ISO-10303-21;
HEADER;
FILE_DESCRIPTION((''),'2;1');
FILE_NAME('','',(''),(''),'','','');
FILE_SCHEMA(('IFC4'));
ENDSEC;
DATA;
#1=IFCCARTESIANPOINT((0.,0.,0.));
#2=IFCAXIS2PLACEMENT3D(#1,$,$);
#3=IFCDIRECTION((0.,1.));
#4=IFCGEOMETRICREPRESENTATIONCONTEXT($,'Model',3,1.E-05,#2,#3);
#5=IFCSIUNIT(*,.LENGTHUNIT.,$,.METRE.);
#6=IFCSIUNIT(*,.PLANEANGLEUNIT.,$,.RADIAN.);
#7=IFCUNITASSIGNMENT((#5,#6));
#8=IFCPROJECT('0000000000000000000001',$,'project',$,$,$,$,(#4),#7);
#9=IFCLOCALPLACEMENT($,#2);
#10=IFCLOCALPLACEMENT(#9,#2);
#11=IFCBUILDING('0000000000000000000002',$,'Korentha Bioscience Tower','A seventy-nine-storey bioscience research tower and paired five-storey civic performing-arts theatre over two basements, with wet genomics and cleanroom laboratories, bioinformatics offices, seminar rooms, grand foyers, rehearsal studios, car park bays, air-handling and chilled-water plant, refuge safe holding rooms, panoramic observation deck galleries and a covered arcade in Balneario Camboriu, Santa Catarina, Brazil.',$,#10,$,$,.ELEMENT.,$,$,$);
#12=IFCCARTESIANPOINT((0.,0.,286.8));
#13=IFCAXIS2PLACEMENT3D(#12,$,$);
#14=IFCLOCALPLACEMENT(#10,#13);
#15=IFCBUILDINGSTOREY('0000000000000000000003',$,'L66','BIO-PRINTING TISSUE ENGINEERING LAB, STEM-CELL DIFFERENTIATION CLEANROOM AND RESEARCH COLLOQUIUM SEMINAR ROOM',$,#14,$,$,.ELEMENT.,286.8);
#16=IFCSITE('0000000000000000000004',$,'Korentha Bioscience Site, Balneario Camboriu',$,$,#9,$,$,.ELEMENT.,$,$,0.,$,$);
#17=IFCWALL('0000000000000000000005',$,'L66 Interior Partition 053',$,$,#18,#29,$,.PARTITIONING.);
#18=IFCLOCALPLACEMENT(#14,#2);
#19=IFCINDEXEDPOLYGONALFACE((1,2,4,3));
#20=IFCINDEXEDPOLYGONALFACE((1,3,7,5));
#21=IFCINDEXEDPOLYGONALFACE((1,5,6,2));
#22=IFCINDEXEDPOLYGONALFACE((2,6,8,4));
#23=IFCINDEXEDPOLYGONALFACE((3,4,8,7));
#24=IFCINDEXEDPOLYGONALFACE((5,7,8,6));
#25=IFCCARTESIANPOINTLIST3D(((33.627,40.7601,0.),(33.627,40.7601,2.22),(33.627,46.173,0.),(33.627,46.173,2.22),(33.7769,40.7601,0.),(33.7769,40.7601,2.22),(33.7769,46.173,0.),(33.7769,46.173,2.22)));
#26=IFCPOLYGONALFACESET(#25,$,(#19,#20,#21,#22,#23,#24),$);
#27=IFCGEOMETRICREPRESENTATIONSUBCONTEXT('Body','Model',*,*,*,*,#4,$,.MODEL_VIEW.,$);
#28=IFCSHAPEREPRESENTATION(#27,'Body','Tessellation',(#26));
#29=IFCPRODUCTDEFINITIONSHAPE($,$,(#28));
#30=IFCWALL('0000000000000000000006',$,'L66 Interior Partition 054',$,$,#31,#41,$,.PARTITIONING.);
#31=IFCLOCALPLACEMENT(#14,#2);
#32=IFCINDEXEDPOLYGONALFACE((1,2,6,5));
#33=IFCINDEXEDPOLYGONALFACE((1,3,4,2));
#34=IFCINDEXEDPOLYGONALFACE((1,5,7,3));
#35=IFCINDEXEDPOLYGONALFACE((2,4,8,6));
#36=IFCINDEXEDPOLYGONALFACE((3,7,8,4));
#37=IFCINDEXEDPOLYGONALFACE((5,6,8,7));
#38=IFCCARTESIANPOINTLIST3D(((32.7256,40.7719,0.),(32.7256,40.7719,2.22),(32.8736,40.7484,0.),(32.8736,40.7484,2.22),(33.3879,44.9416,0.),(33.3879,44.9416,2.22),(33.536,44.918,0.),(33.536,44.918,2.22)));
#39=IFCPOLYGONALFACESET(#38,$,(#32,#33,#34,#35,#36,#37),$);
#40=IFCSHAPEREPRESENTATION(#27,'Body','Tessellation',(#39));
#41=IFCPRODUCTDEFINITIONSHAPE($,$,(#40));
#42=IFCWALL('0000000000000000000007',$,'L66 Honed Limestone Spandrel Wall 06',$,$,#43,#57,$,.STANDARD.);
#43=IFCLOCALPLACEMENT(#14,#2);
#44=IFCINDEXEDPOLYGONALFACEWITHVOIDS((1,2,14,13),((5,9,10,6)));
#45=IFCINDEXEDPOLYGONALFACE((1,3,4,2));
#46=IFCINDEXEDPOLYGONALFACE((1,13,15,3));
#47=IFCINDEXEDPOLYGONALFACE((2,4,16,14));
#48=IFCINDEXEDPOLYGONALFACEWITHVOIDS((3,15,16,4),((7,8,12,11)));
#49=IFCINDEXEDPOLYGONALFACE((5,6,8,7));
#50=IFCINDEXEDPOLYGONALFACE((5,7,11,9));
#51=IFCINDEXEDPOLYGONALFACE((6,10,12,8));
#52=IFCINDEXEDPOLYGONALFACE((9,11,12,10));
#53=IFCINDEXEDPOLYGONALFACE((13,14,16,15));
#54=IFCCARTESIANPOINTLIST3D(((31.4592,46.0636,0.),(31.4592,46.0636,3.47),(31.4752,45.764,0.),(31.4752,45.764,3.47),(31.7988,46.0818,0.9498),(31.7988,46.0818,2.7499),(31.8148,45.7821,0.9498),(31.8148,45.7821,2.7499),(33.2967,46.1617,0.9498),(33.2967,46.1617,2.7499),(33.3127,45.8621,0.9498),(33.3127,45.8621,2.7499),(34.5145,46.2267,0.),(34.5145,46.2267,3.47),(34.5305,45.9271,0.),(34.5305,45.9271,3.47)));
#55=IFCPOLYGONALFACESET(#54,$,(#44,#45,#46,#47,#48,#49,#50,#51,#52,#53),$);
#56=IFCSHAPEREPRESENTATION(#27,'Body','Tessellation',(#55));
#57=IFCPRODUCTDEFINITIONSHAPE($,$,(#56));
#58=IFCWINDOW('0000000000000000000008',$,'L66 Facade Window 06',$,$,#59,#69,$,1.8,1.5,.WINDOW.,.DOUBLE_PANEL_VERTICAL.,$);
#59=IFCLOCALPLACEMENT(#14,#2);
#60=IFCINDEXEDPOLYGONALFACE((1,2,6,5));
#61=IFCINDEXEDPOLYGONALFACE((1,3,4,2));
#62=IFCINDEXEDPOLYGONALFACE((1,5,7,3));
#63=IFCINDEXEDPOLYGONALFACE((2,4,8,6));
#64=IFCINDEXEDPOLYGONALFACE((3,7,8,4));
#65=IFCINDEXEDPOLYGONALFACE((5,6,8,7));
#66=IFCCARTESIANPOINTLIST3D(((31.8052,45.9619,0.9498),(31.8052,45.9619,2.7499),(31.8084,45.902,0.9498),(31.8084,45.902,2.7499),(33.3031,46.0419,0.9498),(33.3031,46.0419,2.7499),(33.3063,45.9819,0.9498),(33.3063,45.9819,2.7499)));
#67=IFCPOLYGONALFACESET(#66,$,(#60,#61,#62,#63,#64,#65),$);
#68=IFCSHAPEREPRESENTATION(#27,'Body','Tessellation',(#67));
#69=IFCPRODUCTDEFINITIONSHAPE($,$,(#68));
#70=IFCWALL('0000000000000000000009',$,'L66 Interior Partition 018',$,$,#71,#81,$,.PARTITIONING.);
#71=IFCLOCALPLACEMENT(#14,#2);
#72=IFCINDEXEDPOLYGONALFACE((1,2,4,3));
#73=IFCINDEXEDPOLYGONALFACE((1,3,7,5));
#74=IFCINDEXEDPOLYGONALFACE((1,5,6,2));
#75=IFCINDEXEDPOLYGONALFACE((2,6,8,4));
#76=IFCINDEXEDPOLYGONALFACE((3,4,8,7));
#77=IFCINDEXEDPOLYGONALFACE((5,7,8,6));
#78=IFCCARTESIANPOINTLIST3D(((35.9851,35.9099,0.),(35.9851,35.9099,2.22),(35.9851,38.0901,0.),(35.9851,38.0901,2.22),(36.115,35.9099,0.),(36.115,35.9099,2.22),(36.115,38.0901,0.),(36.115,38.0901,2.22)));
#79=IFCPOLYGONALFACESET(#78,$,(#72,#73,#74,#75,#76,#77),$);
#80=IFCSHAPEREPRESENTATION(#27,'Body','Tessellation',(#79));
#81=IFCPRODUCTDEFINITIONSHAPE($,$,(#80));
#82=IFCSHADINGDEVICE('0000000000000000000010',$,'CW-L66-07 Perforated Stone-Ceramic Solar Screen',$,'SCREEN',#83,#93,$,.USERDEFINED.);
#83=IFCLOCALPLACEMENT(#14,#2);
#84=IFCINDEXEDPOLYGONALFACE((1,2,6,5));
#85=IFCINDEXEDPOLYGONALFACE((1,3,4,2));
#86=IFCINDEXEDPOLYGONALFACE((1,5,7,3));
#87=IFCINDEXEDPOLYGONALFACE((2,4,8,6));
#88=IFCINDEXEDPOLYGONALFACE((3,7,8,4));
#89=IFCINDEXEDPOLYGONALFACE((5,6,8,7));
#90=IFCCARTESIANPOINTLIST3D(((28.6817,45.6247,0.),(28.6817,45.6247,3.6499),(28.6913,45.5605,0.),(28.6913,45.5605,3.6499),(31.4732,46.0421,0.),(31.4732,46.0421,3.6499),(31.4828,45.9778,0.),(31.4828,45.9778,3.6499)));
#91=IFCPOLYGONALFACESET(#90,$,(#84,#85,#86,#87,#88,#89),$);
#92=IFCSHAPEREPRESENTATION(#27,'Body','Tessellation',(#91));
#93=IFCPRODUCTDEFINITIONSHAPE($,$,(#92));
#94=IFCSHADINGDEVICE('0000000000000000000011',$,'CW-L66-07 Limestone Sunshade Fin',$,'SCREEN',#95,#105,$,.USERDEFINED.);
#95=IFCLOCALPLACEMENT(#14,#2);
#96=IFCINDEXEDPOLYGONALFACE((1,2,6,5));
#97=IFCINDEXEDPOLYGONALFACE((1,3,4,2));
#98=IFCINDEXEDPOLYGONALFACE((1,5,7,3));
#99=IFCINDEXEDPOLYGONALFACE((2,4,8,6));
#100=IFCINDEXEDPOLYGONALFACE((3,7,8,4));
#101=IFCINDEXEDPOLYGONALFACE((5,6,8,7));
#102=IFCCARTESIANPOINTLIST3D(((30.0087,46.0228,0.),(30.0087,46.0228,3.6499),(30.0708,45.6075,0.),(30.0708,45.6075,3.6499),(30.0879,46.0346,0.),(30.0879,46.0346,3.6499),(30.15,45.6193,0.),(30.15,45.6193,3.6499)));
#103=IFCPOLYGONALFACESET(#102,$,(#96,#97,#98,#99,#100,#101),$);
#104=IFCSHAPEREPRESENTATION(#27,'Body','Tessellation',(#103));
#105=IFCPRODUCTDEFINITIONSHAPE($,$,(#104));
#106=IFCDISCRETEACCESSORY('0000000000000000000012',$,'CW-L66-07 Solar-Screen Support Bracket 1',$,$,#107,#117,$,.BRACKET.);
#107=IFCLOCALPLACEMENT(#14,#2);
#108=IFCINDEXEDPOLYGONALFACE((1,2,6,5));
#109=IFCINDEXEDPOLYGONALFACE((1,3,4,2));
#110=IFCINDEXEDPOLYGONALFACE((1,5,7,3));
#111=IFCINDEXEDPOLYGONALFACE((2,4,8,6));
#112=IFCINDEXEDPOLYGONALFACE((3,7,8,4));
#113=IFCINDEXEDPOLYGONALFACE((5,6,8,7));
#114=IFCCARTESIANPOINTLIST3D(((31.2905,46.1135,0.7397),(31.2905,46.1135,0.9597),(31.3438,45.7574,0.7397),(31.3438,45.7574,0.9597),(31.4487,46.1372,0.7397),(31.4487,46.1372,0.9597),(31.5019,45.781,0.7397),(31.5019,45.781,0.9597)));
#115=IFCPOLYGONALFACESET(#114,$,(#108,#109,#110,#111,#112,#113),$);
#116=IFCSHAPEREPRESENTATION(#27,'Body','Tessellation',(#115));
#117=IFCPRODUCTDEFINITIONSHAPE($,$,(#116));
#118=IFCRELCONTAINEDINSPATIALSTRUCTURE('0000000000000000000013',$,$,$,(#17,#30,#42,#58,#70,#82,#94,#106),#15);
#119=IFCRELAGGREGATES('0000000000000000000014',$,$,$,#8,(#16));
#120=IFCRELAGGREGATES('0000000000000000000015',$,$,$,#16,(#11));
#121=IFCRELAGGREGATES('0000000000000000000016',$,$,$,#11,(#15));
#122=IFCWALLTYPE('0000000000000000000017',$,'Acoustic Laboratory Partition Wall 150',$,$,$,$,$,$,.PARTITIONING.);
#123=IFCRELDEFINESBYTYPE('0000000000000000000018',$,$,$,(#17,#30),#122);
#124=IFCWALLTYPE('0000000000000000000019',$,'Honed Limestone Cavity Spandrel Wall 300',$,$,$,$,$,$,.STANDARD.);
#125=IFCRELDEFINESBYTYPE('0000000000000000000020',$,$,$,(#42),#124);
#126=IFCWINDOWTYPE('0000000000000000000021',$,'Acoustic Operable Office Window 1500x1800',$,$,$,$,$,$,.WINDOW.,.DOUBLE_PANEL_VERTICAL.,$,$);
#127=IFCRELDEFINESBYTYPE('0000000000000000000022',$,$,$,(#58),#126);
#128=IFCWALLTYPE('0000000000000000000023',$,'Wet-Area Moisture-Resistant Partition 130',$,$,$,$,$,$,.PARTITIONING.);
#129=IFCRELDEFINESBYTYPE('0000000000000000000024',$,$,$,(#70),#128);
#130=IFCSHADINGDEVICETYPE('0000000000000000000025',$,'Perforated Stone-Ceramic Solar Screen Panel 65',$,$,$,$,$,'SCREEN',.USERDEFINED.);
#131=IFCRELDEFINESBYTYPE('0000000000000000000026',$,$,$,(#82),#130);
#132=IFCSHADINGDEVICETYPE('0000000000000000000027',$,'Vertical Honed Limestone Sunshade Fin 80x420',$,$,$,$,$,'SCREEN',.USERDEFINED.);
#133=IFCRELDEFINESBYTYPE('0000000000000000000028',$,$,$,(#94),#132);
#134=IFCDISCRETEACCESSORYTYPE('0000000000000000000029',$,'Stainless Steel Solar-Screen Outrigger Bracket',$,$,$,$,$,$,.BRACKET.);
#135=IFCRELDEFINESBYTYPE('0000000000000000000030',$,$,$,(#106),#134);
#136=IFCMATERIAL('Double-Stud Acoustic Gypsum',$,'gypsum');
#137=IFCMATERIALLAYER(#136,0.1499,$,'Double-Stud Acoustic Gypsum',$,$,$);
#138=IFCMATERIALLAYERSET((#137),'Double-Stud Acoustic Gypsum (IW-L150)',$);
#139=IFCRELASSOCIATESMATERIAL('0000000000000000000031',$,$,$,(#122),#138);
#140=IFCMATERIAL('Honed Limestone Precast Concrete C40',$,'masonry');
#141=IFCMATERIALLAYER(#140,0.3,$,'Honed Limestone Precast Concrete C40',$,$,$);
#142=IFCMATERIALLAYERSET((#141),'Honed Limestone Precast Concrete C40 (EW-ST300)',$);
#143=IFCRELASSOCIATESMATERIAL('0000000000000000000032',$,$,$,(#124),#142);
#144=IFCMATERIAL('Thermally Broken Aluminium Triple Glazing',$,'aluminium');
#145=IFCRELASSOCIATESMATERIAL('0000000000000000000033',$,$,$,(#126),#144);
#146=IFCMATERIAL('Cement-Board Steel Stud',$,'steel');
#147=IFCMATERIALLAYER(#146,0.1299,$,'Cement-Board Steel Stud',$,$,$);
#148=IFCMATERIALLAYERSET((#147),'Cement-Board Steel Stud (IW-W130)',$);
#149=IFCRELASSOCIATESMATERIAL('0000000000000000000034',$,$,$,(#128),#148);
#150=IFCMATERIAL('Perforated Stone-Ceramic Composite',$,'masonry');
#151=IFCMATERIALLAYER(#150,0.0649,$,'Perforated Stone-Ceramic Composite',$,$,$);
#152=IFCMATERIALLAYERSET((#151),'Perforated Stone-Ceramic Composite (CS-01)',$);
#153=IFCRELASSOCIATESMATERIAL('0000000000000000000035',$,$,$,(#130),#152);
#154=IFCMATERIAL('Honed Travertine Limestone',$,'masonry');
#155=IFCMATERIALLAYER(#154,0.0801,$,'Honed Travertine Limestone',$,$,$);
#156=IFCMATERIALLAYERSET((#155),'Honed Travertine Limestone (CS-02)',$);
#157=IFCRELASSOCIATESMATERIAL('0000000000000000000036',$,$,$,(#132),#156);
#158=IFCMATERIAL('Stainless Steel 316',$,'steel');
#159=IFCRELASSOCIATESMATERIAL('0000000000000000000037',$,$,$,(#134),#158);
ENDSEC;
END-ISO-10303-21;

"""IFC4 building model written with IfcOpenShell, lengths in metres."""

from ifc_helpers import new_model, si_unit, direction, frame, frame_2d, origin, origin_2d, place, context, subcontext, project, spatial, rectangle, extrude, material, layer, layer_set, type_object, element, fill, save


model = new_model("IFC4")

# Units and contexts
model_context = context("Model", 3, precision=1e-05, world=origin(), true_north=direction((0.0, 1.0)))
body_context = subcontext(model_context, "Body", "Model", "MODEL_VIEW")
ifc_project = project(units=[si_unit("LENGTHUNIT", "METRE"), si_unit("PLANEANGLEUNIT", "RADIAN")], contexts=[model_context])

# Site, building, storey
site_placement = place(None, origin())
site = spatial("IfcSite", under=ifc_project, at=site_placement, Name="Korentha Bioscience Site, Balneario Camboriu", CompositionType="ELEMENT", RefElevation=0.0)
building_placement = place(site_placement, origin())
building = spatial("IfcBuilding", under=site, at=building_placement, Name="Korentha Bioscience Tower", Description="A seventy-nine-storey bioscience research tower and paired five-storey civic performing-arts theatre over two basements, with wet genomics and cleanroom laboratories, bioinformatics offices, seminar rooms, grand foyers, rehearsal studios, car park bays, air-handling and chilled-water plant, refuge safe holding rooms, panoramic observation deck galleries and a covered arcade in Balneario Camboriu, Santa Catarina, Brazil.", CompositionType="ELEMENT")
storey_placement = place(building_placement, frame((0.0, 0.0, 286.8)))
storey = spatial("IfcBuildingStorey", under=building, at=storey_placement, Name="L66", Description="BIO-PRINTING TISSUE ENGINEERING LAB, STEM-CELL DIFFERENTIATION CLEANROOM AND RESEARCH COLLOQUIUM SEMINAR ROOM", CompositionType="ELEMENT", Elevation=286.8)

# Shared definitions
ifc_material_1 = material(Name="Double-Stud Acoustic Gypsum", Category="gypsum")
ifc_layer_1 = layer(ifc_material_1, 0.1499, Name="Double-Stud Acoustic Gypsum")
ifc_layer_set_1 = layer_set([ifc_layer_1], Name="Double-Stud Acoustic Gypsum (IW-L150)")
wall_type_1 = type_object("IfcWallType", Name="Acoustic Laboratory Partition Wall 150", PredefinedType="PARTITIONING", material=ifc_layer_set_1)

# Walls
wall_1_placement = place(storey_placement, frame((33.7019, 40.76, 0.0), z_axis=(0.0, 0.0, 1.0), x_axis=(0.0, 1.0, 0.0)))
element("IfcWall", 1, at=wall_1_placement, inside=storey, type_object=wall_type_1, Name="L66 Interior Partition 053", PredefinedType="PARTITIONING", context=body_context, shape_type="SweptSolid", body=[
    extrude(rectangle(XDim=5.4128, YDim=0.1499, at=frame_2d((2.7065, 0.0))), origin(), (0.0, 0.0, 1.0), 2.22),
])
wall_2_placement = place(storey_placement, frame((33.4619, 44.9297, 0.0), z_axis=(0.0, 0.0, 1.0), x_axis=(-0.156883, -0.987617, 0.0)))
element("IfcWall", 2, at=wall_2_placement, inside=storey, type_object=wall_type_1, Name="L66 Interior Partition 054", PredefinedType="PARTITIONING", context=body_context, shape_type="SweptSolid", body=[
    extrude(rectangle(XDim=4.2219, YDim=0.1499, at=frame_2d((2.1108, 0.0))), origin(), (0.0, 0.0, 1.0), 2.22),
])

# Shared definitions
ifc_material_2 = material(Name="Honed Limestone Precast Concrete C40", Category="masonry")
ifc_layer_2 = layer(ifc_material_2, 0.3, Name="Honed Limestone Precast Concrete C40")
ifc_layer_set_2 = layer_set([ifc_layer_2], Name="Honed Limestone Precast Concrete C40 (EW-ST300)")
wall_type_2 = type_object("IfcWallType", Name="Honed Limestone Cavity Spandrel Wall 300", PredefinedType="STANDARD", material=ifc_layer_set_2)

# Wall, opening, window
wall_3_placement = place(storey_placement, frame((34.5225, 46.0769, 0.0), z_axis=(0.0, 0.0, 1.0), x_axis=(-0.998578, -0.053304, 0.0)))
wall_3 = element("IfcWall", 3, at=wall_3_placement, inside=storey, type_object=wall_type_2, Name="L66 Honed Limestone Spandrel Wall 06", PredefinedType="STANDARD", context=body_context, shape_type="SweptSolid", body=[
    extrude(rectangle(XDim=3.0596, YDim=0.3, at=frame_2d((1.5298, 0.0))), origin(), (0.0, 0.0, 1.0), 3.47),
])
opening_1_placement = place(wall_3_placement, frame((1.2195, 0.0, 0.95)))
opening_1 = element("IfcOpeningElement", 4, at=opening_1_placement, cuts=wall_3, PredefinedType="OPENING", context=body_context, shape_type="SweptSolid", body=[
    extrude(rectangle(XDim=1.5, YDim=1.8, at=frame_2d((0.75, 0.8999))), frame((0.0, 0.165, 0.0), z_axis=(0.0, -1.0, 0.0), x_axis=(1.0, 0.0, 0.0)), (0.0, 0.0, 1.0), 0.3298),
])
ifc_material_3 = material(Name="Thermally Broken Aluminium Triple Glazing", Category="aluminium")
window_type = type_object("IfcWindowType", Name="Acoustic Operable Office Window 1500x1800", PartitioningType="DOUBLE_PANEL_VERTICAL", PredefinedType="WINDOW", material=ifc_material_3)
window_placement = place(opening_1_placement, origin())
window = element("IfcWindow", 5, at=window_placement, inside=storey, type_object=window_type, Name="L66 Facade Window 06", OverallHeight=1.8, OverallWidth=1.5, PartitioningType="DOUBLE_PANEL_VERTICAL", PredefinedType="WINDOW", context=body_context, shape_type="SweptSolid", body=[
    extrude(rectangle(XDim=1.5, YDim=1.8, at=frame_2d((0.75, 0.8999))), frame((0.0, 0.03, 0.0), z_axis=(0.0, -1.0, 0.0), x_axis=(1.0, 0.0, 0.0)), (0.0, 0.0, 1.0), 0.0601),
])
fill(opening_1, window)

# Shared definitions
ifc_material_4 = material(Name="Cement-Board Steel Stud", Category="steel")
ifc_layer_3 = layer(ifc_material_4, 0.1299, Name="Cement-Board Steel Stud")
ifc_layer_set_3 = layer_set([ifc_layer_3], Name="Cement-Board Steel Stud (IW-W130)")
wall_type_3 = type_object("IfcWallType", Name="Wet-Area Moisture-Resistant Partition 130", PredefinedType="PARTITIONING", material=ifc_layer_set_3)

# Wall
wall_4_placement = place(storey_placement, frame((36.05, 38.0901, 0.0), z_axis=(0.0, 0.0, 1.0), x_axis=(0.0, -1.0, 0.0)))
element("IfcWall", 6, at=wall_4_placement, inside=storey, type_object=wall_type_3, Name="L66 Interior Partition 018", PredefinedType="PARTITIONING", context=body_context, shape_type="SweptSolid", body=[
    extrude(rectangle(XDim=2.1802, YDim=0.1299, at=frame_2d((1.0901, 0.0))), origin(), (0.0, 0.0, 1.0), 2.22),
])

# Shading devices
ifc_material_5 = material(Name="Perforated Stone-Ceramic Composite", Category="masonry")
ifc_layer_4 = layer(ifc_material_5, 0.0649, Name="Perforated Stone-Ceramic Composite")
ifc_layer_set_4 = layer_set([ifc_layer_4], Name="Perforated Stone-Ceramic Composite (CS-01)")
shading_device_type_1 = type_object("IfcShadingDeviceType", Name="Perforated Stone-Ceramic Solar Screen Panel 65", ElementType="SCREEN", PredefinedType="USERDEFINED", material=ifc_layer_set_4)
shading_device_1_placement = place(storey_placement, frame((30.0823, 45.8013, 0.0), z_axis=(0.0, 0.0, 1.0), x_axis=(-0.989007, -0.147871, 0.0)))
element("IfcShadingDevice", 7, at=shading_device_1_placement, inside=storey, type_object=shading_device_type_1, Name="CW-L66-07 Perforated Stone-Ceramic Solar Screen", ObjectType="SCREEN", PredefinedType="USERDEFINED", context=body_context, shape_type="SweptSolid", body=[
    extrude(rectangle(XDim=2.8225, YDim=0.0649, at=origin_2d()), origin(), (0.0, 0.0, 1.0), 3.6499),
])
ifc_material_6 = material(Name="Honed Travertine Limestone", Category="masonry")
ifc_layer_5 = layer(ifc_material_6, 0.0801, Name="Honed Travertine Limestone")
ifc_layer_set_5 = layer_set([ifc_layer_5], Name="Honed Travertine Limestone (CS-02)")
shading_device_type_2 = type_object("IfcShadingDeviceType", Name="Vertical Honed Limestone Sunshade Fin 80x420", ElementType="SCREEN", PredefinedType="USERDEFINED", material=ifc_layer_set_5)
shading_device_2_placement = place(storey_placement, frame((30.0793, 45.821, 0.0), z_axis=(0.0, 0.0, 1.0), x_axis=(-0.989007, -0.147871, 0.0)))
element("IfcShadingDevice", 8, at=shading_device_2_placement, inside=storey, type_object=shading_device_type_2, Name="CW-L66-07 Limestone Sunshade Fin", ObjectType="SCREEN", PredefinedType="USERDEFINED", context=body_context, shape_type="SweptSolid", body=[
    extrude(rectangle(XDim=0.0801, YDim=0.4199, at=origin_2d()), origin(), (0.0, 0.0, 1.0), 3.6499),
])

# Discrete accessory
ifc_material_7 = material(Name="Stainless Steel 316", Category="steel")
discrete_accessory_type = type_object("IfcDiscreteAccessoryType", Name="Stainless Steel Solar-Screen Outrigger Bracket", PredefinedType="BRACKET", material=ifc_material_7)
discrete_accessory_placement = place(storey_placement, frame((31.3962, 45.9473, 0.7397), z_axis=(0.0, 0.0, 1.0), x_axis=(-0.989007, -0.147871, 0.0)))
element("IfcDiscreteAccessory", 9, at=discrete_accessory_placement, inside=storey, type_object=discrete_accessory_type, Name="CW-L66-07 Solar-Screen Support Bracket 1", PredefinedType="BRACKET", context=body_context, shape_type="SweptSolid", body=[
    extrude(rectangle(XDim=0.1599, YDim=0.3601, at=origin_2d()), origin(), (0.0, 0.0, 1.0), 0.22),
])

save(model, "model.ifc")
